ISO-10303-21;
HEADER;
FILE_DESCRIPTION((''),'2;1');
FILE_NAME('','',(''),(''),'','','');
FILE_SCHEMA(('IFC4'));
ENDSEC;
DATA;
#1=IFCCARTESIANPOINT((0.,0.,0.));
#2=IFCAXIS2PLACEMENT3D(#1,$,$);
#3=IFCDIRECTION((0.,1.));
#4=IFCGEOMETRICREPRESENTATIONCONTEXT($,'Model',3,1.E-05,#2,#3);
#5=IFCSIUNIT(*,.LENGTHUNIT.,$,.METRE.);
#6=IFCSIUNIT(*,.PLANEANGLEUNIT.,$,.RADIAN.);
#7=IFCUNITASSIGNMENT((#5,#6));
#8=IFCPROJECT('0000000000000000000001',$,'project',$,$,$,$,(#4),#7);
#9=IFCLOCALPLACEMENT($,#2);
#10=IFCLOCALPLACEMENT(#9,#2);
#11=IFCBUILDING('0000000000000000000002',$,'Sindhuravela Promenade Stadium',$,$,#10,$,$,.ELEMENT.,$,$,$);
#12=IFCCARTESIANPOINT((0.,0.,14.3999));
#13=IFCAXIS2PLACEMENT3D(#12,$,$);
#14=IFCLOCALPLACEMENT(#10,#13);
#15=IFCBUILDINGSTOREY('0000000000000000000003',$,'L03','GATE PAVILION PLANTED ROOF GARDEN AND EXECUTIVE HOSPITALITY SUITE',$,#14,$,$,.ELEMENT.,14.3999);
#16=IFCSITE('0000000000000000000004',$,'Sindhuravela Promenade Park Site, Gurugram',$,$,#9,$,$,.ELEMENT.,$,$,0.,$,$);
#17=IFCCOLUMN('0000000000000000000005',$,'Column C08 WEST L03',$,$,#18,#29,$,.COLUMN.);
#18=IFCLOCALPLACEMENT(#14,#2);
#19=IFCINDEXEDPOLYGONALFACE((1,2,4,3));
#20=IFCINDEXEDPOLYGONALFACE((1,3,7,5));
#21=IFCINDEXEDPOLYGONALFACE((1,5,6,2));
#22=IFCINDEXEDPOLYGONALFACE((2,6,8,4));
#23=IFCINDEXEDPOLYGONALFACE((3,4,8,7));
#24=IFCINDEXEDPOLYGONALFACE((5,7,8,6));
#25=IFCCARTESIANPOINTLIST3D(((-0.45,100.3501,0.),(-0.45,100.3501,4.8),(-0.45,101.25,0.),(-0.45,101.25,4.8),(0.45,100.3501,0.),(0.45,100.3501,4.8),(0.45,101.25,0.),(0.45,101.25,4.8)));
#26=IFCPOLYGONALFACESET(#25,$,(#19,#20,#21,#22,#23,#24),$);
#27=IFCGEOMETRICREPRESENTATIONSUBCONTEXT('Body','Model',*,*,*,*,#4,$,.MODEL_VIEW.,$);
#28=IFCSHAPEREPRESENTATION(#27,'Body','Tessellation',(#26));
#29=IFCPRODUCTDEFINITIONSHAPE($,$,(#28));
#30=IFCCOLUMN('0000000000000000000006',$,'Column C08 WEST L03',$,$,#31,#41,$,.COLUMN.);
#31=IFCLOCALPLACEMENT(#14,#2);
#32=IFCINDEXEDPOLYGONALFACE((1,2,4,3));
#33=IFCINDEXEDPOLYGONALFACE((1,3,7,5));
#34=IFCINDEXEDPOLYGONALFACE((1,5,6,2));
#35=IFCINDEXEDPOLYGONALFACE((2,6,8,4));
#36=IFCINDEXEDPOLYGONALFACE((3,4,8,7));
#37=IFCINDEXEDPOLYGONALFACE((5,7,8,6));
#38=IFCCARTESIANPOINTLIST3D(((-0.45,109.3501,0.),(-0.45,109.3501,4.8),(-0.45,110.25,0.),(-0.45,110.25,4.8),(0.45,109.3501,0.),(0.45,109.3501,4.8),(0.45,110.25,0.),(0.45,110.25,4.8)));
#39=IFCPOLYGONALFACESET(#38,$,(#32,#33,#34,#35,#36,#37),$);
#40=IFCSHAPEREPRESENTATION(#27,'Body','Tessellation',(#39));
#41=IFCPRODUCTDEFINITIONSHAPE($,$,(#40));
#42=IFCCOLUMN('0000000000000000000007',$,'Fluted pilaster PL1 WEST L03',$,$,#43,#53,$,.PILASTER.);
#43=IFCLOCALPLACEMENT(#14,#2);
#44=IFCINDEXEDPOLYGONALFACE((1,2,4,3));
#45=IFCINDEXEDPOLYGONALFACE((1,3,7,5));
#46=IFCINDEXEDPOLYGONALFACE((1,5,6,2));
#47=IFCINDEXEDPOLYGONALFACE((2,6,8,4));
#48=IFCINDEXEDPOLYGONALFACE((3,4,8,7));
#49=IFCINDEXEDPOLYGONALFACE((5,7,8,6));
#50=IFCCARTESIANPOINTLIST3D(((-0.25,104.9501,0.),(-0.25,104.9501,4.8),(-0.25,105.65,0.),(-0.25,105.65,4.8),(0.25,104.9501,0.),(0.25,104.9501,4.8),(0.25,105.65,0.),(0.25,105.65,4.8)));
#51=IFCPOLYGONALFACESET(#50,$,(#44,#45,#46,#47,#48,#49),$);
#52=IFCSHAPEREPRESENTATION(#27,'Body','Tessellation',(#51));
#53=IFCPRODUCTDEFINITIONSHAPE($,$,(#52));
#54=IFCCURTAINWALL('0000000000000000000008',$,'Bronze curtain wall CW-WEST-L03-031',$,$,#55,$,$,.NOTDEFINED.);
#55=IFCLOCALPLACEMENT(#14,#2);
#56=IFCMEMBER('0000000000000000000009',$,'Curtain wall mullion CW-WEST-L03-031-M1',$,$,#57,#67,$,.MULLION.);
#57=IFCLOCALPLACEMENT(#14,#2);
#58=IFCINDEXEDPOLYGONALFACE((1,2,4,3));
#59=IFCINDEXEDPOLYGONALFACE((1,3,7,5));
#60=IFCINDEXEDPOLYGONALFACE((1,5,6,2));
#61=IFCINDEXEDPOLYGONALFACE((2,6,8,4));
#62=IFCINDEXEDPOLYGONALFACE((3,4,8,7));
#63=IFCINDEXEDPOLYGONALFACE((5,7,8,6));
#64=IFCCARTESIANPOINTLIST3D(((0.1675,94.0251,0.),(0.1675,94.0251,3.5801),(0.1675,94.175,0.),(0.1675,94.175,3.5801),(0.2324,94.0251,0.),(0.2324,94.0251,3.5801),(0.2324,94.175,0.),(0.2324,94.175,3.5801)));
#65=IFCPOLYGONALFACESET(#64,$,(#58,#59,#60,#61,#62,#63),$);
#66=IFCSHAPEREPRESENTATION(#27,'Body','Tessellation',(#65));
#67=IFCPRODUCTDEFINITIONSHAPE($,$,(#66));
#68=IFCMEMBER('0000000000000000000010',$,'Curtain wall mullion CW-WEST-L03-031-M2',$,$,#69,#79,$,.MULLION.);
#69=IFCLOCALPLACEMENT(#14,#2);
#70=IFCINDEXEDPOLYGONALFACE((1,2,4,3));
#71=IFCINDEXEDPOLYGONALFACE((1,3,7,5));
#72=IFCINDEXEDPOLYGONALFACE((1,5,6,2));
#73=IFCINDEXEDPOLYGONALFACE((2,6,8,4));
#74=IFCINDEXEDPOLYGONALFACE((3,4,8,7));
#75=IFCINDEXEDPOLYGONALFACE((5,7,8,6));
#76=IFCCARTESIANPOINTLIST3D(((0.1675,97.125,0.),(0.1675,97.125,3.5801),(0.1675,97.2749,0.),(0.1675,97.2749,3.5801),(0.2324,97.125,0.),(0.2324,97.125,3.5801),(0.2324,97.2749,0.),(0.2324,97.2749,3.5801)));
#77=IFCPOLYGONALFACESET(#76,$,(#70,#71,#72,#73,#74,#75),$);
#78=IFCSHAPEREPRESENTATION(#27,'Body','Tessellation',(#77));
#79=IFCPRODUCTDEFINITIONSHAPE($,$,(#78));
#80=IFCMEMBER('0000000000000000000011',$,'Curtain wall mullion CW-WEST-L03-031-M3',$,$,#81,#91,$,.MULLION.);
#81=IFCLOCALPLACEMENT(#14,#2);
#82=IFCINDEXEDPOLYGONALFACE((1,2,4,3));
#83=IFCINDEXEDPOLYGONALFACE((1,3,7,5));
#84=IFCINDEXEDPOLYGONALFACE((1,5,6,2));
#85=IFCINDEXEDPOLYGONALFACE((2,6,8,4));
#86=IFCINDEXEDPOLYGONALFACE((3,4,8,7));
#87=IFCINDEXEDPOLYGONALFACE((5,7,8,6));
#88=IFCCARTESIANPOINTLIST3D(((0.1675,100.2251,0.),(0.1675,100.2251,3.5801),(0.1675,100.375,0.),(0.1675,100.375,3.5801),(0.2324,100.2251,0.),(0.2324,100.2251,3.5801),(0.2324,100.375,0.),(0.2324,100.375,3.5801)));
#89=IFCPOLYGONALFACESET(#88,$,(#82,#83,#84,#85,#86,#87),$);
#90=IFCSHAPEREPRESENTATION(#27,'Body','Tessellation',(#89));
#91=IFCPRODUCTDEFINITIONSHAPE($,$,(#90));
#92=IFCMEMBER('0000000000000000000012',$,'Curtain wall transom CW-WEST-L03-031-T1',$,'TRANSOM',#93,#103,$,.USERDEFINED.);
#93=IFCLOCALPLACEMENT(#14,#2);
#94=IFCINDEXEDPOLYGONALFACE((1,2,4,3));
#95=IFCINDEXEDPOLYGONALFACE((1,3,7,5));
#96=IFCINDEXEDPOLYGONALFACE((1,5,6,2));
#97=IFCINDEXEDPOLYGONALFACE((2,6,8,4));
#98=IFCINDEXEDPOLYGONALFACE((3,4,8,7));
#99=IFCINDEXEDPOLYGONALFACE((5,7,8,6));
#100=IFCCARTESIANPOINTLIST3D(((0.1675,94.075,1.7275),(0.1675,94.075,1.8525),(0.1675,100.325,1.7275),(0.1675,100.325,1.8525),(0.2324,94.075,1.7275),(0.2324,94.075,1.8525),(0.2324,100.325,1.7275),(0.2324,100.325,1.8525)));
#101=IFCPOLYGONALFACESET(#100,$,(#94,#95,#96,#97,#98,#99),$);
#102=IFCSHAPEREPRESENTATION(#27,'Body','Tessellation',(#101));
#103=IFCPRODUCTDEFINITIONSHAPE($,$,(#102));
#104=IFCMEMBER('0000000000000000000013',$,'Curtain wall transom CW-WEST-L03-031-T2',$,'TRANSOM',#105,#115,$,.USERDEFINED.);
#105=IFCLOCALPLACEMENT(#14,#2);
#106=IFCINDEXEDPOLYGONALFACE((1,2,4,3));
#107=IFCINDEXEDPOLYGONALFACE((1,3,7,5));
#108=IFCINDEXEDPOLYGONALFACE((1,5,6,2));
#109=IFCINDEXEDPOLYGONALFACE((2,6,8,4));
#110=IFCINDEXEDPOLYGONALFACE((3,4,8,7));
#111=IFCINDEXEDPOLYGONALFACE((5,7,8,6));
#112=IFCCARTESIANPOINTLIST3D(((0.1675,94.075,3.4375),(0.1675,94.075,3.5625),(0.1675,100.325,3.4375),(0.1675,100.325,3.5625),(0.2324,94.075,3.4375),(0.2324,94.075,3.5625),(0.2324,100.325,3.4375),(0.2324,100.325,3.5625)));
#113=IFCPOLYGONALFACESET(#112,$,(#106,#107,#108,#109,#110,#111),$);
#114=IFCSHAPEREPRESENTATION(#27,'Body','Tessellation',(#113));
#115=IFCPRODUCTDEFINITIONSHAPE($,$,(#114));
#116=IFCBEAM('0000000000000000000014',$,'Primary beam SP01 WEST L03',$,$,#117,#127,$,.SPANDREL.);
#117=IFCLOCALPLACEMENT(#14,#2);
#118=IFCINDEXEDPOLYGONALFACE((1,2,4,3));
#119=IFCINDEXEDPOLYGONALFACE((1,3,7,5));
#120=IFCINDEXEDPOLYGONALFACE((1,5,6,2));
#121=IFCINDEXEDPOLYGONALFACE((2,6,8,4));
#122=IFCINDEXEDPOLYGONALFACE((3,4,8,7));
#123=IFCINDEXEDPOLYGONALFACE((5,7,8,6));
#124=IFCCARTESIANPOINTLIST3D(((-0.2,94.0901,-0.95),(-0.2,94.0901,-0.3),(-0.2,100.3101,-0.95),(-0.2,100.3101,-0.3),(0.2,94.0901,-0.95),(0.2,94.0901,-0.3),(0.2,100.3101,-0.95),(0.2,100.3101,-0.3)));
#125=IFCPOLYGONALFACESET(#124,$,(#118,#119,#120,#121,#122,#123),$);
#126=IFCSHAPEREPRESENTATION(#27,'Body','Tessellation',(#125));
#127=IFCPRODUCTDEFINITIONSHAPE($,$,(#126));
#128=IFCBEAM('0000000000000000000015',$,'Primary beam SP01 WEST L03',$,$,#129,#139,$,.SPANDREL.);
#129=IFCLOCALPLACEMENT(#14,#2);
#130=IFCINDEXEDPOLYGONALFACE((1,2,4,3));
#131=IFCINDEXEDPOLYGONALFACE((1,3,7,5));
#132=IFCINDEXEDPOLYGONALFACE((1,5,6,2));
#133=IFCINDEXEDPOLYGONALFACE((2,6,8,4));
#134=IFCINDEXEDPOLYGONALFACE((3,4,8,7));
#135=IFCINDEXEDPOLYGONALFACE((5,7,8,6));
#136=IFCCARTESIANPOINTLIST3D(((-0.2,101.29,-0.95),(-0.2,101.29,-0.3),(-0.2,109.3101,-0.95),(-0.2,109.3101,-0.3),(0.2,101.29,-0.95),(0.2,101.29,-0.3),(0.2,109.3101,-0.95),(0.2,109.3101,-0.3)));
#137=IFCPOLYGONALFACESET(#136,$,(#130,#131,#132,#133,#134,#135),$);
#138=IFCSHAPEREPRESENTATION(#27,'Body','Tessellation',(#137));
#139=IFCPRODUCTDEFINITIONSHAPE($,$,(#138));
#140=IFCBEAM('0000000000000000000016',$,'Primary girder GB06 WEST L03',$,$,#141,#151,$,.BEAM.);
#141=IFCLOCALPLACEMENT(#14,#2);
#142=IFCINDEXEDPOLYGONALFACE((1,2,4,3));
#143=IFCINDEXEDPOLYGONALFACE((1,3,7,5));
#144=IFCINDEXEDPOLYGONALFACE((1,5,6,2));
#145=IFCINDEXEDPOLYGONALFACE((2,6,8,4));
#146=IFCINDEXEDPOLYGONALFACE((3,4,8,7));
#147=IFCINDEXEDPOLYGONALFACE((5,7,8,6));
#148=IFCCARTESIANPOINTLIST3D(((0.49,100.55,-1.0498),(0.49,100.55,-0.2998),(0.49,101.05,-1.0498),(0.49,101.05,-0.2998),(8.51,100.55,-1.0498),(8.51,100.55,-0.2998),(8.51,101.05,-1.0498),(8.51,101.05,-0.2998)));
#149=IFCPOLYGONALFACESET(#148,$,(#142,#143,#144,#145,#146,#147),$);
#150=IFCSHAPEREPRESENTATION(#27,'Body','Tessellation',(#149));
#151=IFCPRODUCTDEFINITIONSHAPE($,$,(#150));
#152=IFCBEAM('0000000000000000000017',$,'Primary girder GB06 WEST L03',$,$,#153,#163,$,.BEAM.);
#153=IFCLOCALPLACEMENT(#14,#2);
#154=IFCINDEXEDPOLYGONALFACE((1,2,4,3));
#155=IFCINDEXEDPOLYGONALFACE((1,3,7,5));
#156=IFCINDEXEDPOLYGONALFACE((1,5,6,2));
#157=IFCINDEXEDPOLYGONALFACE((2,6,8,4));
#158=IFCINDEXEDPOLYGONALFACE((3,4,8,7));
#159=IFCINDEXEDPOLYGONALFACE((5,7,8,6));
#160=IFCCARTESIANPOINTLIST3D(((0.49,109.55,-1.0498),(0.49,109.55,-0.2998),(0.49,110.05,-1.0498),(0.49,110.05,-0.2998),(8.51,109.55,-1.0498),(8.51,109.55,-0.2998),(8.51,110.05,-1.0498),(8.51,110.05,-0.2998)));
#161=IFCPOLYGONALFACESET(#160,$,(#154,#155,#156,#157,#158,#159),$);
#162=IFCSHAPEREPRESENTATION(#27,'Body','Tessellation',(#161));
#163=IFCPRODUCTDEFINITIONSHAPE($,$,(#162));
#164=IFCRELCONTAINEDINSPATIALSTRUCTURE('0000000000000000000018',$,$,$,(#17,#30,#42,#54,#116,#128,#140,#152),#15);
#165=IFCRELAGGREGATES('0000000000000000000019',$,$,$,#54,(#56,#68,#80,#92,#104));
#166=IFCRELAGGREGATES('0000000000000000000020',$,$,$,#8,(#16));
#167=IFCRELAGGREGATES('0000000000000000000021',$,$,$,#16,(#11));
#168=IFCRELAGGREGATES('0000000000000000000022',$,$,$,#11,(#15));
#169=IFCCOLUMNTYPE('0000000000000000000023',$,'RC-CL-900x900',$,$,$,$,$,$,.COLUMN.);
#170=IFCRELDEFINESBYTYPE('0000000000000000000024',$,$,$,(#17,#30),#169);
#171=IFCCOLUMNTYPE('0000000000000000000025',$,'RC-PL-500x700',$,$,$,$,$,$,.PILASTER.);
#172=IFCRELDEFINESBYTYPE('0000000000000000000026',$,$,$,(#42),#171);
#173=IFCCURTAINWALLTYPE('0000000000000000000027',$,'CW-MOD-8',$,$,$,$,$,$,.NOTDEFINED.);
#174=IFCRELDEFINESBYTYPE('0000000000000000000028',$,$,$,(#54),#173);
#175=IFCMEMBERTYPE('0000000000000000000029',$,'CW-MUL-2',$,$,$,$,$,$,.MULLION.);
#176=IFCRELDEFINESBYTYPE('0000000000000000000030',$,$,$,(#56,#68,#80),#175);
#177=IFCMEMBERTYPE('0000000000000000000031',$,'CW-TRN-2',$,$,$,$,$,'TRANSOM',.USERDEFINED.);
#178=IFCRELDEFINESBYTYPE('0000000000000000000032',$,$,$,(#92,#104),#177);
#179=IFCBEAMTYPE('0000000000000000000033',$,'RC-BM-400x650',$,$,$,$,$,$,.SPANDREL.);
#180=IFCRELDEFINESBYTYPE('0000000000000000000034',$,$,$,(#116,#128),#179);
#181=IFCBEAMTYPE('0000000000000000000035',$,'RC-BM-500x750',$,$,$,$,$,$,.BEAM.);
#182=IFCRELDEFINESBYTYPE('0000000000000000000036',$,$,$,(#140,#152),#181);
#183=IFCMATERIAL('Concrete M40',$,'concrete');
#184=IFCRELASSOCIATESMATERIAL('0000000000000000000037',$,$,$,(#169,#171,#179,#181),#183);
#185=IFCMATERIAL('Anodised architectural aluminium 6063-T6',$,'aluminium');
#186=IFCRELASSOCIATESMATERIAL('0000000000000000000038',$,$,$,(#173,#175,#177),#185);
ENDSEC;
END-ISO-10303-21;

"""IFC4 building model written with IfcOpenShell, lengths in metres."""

from ifc_helpers import new_model, si_unit, direction, frame, origin, origin_2d, place, context, subcontext, project, spatial, rectangle, extrude, material, material_profile, profile_set, type_object, element, aggregate, save


model = new_model("IFC4")

# Units and contexts
model_context = context("Model", 3, precision=1e-05, world=origin(), true_north=direction((0.0, 1.0)))
body_context = subcontext(model_context, "Body", "Model", "MODEL_VIEW")
ifc_project = project(units=[si_unit("LENGTHUNIT", "METRE"), si_unit("PLANEANGLEUNIT", "RADIAN")], contexts=[model_context])

# Site, building, storey
site_placement = place(None, origin())
site = spatial("IfcSite", under=ifc_project, at=site_placement, Name="Sindhuravela Promenade Park Site, Gurugram", CompositionType="ELEMENT", RefElevation=0.0)
building_placement = place(site_placement, origin())
building = spatial("IfcBuilding", under=site, at=building_placement, Name="Sindhuravela Promenade Stadium", CompositionType="ELEMENT")
storey_placement = place(building_placement, frame((0.0, 0.0, 14.3999)))
storey = spatial("IfcBuildingStorey", under=building, at=storey_placement, Name="L03", Description="GATE PAVILION PLANTED ROOF GARDEN AND EXECUTIVE HOSPITALITY SUITE", CompositionType="ELEMENT", Elevation=14.3999)

# Columns
ifc_material_1 = material(Name="Concrete M40", Category="concrete")
ifc_material_profile_1 = material_profile(ifc_material_1, rectangle(XDim=0.8999, YDim=0.8999, at=origin_2d()), Name="RC 900x900")
ifc_profile_set_1 = profile_set([ifc_material_profile_1], Name="Concrete M40")
column_type_1 = type_object("IfcColumnType", Name="RC-CL-900x900", PredefinedType="COLUMN", material=ifc_profile_set_1)
for number, where, z_axis, x_axis, name in (
    (1, (0.0, 100.8, 0.0), (0.0, 0.0, 1.0), (1.0, 0.0, 0.0), "Column C08 WEST L03"),
    (2, (0.0, 109.8, 0.0), (0.0, 0.0, 1.0), (1.0, 0.0, 0.0), "Column C08 WEST L03"),
):
    element("IfcColumn", number, at=place(storey_placement, frame(where, z_axis=z_axis, x_axis=x_axis)), inside=storey, type_object=column_type_1, Name=name, PredefinedType="COLUMN", context=body_context, shape_type="SweptSolid", body=[
        extrude(rectangle(XDim=0.8999, YDim=0.8999, at=origin_2d()), origin(), (0.0, 0.0, 1.0), 4.8),
    ])
ifc_material_profile_2 = material_profile(ifc_material_1, rectangle(XDim=0.5, YDim=0.7, at=origin_2d()), Name="PIL 500x700")
ifc_profile_set_2 = profile_set([ifc_material_profile_2], Name="Concrete M40")
column_type_2 = type_object("IfcColumnType", Name="RC-PL-500x700", PredefinedType="PILASTER", material=ifc_profile_set_2)
column_placement = place(storey_placement, frame((0.0, 105.3, 0.0), z_axis=(0.0, 0.0, 1.0), x_axis=(1.0, 0.0, 0.0)))
element("IfcColumn", 3, at=column_placement, inside=storey, type_object=column_type_2, Name="Fluted pilaster PL1 WEST L03", PredefinedType="PILASTER", context=body_context, shape_type="SweptSolid", body=[
    extrude(rectangle(XDim=0.5, YDim=0.7, at=origin_2d()), origin(), (0.0, 0.0, 1.0), 4.8),
])

# Curtain wall, members
ifc_material_2 = material(Name="Anodised architectural aluminium 6063-T6", Category="aluminium")
curtain_wall_type = type_object("IfcCurtainWallType", Name="CW-MOD-8", PredefinedType="NOTDEFINED", material=ifc_material_2)
curtain_wall_placement = place(storey_placement, origin())
curtain_wall = element("IfcCurtainWall", 4, at=curtain_wall_placement, inside=storey, type_object=curtain_wall_type, Name="Bronze curtain wall CW-WEST-L03-031", PredefinedType="NOTDEFINED")
ifc_material_profile_3 = material_profile(ifc_material_2, rectangle(XDim=0.0649, YDim=0.1499, at=origin_2d()), Name="ALU MULL 65x150")
ifc_profile_set_3 = profile_set([ifc_material_profile_3], Name="Anodised architectural aluminium 6063-T6")
member_type_1 = type_object("IfcMemberType", Name="CW-MUL-2", PredefinedType="MULLION", material=ifc_profile_set_3)
member_1_placement = place(storey_placement, frame((0.2, 94.1001, 0.0), z_axis=(0.0, 0.0, 1.0), x_axis=(1.0, 0.0, 0.0)))
member_1 = element("IfcMember", 5, at=member_1_placement, type_object=member_type_1, Name="Curtain wall mullion CW-WEST-L03-031-M1", PredefinedType="MULLION", context=body_context, shape_type="SweptSolid", body=[
    extrude(rectangle(XDim=0.0649, YDim=0.1499, at=origin_2d()), origin(), (0.0, 0.0, 1.0), 3.5801),
])
member_2_placement = place(storey_placement, frame((0.2, 97.2, 0.0), z_axis=(0.0, 0.0, 1.0), x_axis=(1.0, 0.0, 0.0)))
member_2 = element("IfcMember", 6, at=member_2_placement, type_object=member_type_1, Name="Curtain wall mullion CW-WEST-L03-031-M2", PredefinedType="MULLION", context=body_context, shape_type="SweptSolid", body=[
    extrude(rectangle(XDim=0.0649, YDim=0.1499, at=origin_2d()), origin(), (0.0, 0.0, 1.0), 3.5801),
])
member_3_placement = place(storey_placement, frame((0.2, 100.3, 0.0), z_axis=(0.0, 0.0, 1.0), x_axis=(1.0, 0.0, 0.0)))
member_3 = element("IfcMember", 7, at=member_3_placement, type_object=member_type_1, Name="Curtain wall mullion CW-WEST-L03-031-M3", PredefinedType="MULLION", context=body_context, shape_type="SweptSolid", body=[
    extrude(rectangle(XDim=0.0649, YDim=0.1499, at=origin_2d()), origin(), (0.0, 0.0, 1.0), 3.5801),
])
ifc_material_profile_4 = material_profile(ifc_material_2, rectangle(XDim=0.0649, YDim=0.125, at=origin_2d()), Name="ALU TRAN 65x125")
ifc_profile_set_4 = profile_set([ifc_material_profile_4], Name="Anodised architectural aluminium 6063-T6")
member_type_2 = type_object("IfcMemberType", Name="CW-TRN-2", ElementType="TRANSOM", PredefinedType="USERDEFINED", material=ifc_profile_set_4)
member_4_placement = place(storey_placement, frame((0.2, 94.075, 1.79), z_axis=(0.0, 1.0, 0.0), x_axis=(-1.0, 0.0, 0.0)))
member_4 = element("IfcMember", 8, at=member_4_placement, type_object=member_type_2, Name="Curtain wall transom CW-WEST-L03-031-T1", ObjectType="TRANSOM", PredefinedType="USERDEFINED", context=body_context, shape_type="SweptSolid", body=[
    extrude(rectangle(XDim=0.0649, YDim=0.125, at=origin_2d()), origin(), (0.0, 0.0, 1.0), 6.25),
])
member_5_placement = place(storey_placement, frame((0.2, 94.075, 3.5), z_axis=(0.0, 1.0, 0.0), x_axis=(-1.0, 0.0, 0.0)))
member_5 = element("IfcMember", 9, at=member_5_placement, type_object=member_type_2, Name="Curtain wall transom CW-WEST-L03-031-T2", ObjectType="TRANSOM", PredefinedType="USERDEFINED", context=body_context, shape_type="SweptSolid", body=[
    extrude(rectangle(XDim=0.0649, YDim=0.125, at=origin_2d()), origin(), (0.0, 0.0, 1.0), 6.25),
])

# Beams
ifc_material_profile_5 = material_profile(ifc_material_1, rectangle(XDim=0.3999, YDim=0.6499, at=origin_2d()), Name="RC 400x650")
ifc_profile_set_5 = profile_set([ifc_material_profile_5], Name="Concrete M40")
beam_type_1 = type_object("IfcBeamType", Name="RC-BM-400x650", PredefinedType="SPANDREL", material=ifc_profile_set_5)
beam_1_placement = place(storey_placement, frame((0.0, 94.0901, -0.625), z_axis=(0.0, 1.0, 0.0), x_axis=(-1.0, 0.0, 0.0)))
element("IfcBeam", 10, at=beam_1_placement, inside=storey, type_object=beam_type_1, Name="Primary beam SP01 WEST L03", PredefinedType="SPANDREL", context=body_context, shape_type="SweptSolid", body=[
    extrude(rectangle(XDim=0.3999, YDim=0.6499, at=origin_2d()), origin(), (0.0, 0.0, 1.0), 6.22),
])
beam_2_placement = place(storey_placement, frame((0.0, 101.29, -0.625), z_axis=(0.0, 1.0, 0.0), x_axis=(-1.0, 0.0, 0.0)))
element("IfcBeam", 11, at=beam_2_placement, inside=storey, type_object=beam_type_1, Name="Primary beam SP01 WEST L03", PredefinedType="SPANDREL", context=body_context, shape_type="SweptSolid", body=[
    extrude(rectangle(XDim=0.3999, YDim=0.6499, at=origin_2d()), origin(), (0.0, 0.0, 1.0), 8.02),
])
ifc_material_profile_6 = material_profile(ifc_material_1, rectangle(XDim=0.5, YDim=0.75, at=origin_2d()), Name="RC 500x750")
ifc_profile_set_6 = profile_set([ifc_material_profile_6], Name="Concrete M40")
beam_type_2 = type_object("IfcBeamType", Name="RC-BM-500x750", PredefinedType="BEAM", material=ifc_profile_set_6)
for number, where, z_axis, x_axis, name in (
    (12, (0.49, 100.8, -0.6748), (1.0, 0.0, 0.0), (0.0, 1.0, 0.0), "Primary girder GB06 WEST L03"),
    (13, (0.49, 109.8, -0.6748), (1.0, 0.0, 0.0), (0.0, 1.0, 0.0), "Primary girder GB06 WEST L03"),
):
    element("IfcBeam", number, at=place(storey_placement, frame(where, z_axis=z_axis, x_axis=x_axis)), inside=storey, type_object=beam_type_2, Name=name, PredefinedType="BEAM", context=body_context, shape_type="SweptSolid", body=[
        extrude(rectangle(XDim=0.5, YDim=0.75, at=origin_2d()), origin(), (0.0, 0.0, 1.0), 8.02),
    ])

aggregate(curtain_wall, [member_1, member_2, member_3, member_4, member_5])

save(model, "model.ifc")
